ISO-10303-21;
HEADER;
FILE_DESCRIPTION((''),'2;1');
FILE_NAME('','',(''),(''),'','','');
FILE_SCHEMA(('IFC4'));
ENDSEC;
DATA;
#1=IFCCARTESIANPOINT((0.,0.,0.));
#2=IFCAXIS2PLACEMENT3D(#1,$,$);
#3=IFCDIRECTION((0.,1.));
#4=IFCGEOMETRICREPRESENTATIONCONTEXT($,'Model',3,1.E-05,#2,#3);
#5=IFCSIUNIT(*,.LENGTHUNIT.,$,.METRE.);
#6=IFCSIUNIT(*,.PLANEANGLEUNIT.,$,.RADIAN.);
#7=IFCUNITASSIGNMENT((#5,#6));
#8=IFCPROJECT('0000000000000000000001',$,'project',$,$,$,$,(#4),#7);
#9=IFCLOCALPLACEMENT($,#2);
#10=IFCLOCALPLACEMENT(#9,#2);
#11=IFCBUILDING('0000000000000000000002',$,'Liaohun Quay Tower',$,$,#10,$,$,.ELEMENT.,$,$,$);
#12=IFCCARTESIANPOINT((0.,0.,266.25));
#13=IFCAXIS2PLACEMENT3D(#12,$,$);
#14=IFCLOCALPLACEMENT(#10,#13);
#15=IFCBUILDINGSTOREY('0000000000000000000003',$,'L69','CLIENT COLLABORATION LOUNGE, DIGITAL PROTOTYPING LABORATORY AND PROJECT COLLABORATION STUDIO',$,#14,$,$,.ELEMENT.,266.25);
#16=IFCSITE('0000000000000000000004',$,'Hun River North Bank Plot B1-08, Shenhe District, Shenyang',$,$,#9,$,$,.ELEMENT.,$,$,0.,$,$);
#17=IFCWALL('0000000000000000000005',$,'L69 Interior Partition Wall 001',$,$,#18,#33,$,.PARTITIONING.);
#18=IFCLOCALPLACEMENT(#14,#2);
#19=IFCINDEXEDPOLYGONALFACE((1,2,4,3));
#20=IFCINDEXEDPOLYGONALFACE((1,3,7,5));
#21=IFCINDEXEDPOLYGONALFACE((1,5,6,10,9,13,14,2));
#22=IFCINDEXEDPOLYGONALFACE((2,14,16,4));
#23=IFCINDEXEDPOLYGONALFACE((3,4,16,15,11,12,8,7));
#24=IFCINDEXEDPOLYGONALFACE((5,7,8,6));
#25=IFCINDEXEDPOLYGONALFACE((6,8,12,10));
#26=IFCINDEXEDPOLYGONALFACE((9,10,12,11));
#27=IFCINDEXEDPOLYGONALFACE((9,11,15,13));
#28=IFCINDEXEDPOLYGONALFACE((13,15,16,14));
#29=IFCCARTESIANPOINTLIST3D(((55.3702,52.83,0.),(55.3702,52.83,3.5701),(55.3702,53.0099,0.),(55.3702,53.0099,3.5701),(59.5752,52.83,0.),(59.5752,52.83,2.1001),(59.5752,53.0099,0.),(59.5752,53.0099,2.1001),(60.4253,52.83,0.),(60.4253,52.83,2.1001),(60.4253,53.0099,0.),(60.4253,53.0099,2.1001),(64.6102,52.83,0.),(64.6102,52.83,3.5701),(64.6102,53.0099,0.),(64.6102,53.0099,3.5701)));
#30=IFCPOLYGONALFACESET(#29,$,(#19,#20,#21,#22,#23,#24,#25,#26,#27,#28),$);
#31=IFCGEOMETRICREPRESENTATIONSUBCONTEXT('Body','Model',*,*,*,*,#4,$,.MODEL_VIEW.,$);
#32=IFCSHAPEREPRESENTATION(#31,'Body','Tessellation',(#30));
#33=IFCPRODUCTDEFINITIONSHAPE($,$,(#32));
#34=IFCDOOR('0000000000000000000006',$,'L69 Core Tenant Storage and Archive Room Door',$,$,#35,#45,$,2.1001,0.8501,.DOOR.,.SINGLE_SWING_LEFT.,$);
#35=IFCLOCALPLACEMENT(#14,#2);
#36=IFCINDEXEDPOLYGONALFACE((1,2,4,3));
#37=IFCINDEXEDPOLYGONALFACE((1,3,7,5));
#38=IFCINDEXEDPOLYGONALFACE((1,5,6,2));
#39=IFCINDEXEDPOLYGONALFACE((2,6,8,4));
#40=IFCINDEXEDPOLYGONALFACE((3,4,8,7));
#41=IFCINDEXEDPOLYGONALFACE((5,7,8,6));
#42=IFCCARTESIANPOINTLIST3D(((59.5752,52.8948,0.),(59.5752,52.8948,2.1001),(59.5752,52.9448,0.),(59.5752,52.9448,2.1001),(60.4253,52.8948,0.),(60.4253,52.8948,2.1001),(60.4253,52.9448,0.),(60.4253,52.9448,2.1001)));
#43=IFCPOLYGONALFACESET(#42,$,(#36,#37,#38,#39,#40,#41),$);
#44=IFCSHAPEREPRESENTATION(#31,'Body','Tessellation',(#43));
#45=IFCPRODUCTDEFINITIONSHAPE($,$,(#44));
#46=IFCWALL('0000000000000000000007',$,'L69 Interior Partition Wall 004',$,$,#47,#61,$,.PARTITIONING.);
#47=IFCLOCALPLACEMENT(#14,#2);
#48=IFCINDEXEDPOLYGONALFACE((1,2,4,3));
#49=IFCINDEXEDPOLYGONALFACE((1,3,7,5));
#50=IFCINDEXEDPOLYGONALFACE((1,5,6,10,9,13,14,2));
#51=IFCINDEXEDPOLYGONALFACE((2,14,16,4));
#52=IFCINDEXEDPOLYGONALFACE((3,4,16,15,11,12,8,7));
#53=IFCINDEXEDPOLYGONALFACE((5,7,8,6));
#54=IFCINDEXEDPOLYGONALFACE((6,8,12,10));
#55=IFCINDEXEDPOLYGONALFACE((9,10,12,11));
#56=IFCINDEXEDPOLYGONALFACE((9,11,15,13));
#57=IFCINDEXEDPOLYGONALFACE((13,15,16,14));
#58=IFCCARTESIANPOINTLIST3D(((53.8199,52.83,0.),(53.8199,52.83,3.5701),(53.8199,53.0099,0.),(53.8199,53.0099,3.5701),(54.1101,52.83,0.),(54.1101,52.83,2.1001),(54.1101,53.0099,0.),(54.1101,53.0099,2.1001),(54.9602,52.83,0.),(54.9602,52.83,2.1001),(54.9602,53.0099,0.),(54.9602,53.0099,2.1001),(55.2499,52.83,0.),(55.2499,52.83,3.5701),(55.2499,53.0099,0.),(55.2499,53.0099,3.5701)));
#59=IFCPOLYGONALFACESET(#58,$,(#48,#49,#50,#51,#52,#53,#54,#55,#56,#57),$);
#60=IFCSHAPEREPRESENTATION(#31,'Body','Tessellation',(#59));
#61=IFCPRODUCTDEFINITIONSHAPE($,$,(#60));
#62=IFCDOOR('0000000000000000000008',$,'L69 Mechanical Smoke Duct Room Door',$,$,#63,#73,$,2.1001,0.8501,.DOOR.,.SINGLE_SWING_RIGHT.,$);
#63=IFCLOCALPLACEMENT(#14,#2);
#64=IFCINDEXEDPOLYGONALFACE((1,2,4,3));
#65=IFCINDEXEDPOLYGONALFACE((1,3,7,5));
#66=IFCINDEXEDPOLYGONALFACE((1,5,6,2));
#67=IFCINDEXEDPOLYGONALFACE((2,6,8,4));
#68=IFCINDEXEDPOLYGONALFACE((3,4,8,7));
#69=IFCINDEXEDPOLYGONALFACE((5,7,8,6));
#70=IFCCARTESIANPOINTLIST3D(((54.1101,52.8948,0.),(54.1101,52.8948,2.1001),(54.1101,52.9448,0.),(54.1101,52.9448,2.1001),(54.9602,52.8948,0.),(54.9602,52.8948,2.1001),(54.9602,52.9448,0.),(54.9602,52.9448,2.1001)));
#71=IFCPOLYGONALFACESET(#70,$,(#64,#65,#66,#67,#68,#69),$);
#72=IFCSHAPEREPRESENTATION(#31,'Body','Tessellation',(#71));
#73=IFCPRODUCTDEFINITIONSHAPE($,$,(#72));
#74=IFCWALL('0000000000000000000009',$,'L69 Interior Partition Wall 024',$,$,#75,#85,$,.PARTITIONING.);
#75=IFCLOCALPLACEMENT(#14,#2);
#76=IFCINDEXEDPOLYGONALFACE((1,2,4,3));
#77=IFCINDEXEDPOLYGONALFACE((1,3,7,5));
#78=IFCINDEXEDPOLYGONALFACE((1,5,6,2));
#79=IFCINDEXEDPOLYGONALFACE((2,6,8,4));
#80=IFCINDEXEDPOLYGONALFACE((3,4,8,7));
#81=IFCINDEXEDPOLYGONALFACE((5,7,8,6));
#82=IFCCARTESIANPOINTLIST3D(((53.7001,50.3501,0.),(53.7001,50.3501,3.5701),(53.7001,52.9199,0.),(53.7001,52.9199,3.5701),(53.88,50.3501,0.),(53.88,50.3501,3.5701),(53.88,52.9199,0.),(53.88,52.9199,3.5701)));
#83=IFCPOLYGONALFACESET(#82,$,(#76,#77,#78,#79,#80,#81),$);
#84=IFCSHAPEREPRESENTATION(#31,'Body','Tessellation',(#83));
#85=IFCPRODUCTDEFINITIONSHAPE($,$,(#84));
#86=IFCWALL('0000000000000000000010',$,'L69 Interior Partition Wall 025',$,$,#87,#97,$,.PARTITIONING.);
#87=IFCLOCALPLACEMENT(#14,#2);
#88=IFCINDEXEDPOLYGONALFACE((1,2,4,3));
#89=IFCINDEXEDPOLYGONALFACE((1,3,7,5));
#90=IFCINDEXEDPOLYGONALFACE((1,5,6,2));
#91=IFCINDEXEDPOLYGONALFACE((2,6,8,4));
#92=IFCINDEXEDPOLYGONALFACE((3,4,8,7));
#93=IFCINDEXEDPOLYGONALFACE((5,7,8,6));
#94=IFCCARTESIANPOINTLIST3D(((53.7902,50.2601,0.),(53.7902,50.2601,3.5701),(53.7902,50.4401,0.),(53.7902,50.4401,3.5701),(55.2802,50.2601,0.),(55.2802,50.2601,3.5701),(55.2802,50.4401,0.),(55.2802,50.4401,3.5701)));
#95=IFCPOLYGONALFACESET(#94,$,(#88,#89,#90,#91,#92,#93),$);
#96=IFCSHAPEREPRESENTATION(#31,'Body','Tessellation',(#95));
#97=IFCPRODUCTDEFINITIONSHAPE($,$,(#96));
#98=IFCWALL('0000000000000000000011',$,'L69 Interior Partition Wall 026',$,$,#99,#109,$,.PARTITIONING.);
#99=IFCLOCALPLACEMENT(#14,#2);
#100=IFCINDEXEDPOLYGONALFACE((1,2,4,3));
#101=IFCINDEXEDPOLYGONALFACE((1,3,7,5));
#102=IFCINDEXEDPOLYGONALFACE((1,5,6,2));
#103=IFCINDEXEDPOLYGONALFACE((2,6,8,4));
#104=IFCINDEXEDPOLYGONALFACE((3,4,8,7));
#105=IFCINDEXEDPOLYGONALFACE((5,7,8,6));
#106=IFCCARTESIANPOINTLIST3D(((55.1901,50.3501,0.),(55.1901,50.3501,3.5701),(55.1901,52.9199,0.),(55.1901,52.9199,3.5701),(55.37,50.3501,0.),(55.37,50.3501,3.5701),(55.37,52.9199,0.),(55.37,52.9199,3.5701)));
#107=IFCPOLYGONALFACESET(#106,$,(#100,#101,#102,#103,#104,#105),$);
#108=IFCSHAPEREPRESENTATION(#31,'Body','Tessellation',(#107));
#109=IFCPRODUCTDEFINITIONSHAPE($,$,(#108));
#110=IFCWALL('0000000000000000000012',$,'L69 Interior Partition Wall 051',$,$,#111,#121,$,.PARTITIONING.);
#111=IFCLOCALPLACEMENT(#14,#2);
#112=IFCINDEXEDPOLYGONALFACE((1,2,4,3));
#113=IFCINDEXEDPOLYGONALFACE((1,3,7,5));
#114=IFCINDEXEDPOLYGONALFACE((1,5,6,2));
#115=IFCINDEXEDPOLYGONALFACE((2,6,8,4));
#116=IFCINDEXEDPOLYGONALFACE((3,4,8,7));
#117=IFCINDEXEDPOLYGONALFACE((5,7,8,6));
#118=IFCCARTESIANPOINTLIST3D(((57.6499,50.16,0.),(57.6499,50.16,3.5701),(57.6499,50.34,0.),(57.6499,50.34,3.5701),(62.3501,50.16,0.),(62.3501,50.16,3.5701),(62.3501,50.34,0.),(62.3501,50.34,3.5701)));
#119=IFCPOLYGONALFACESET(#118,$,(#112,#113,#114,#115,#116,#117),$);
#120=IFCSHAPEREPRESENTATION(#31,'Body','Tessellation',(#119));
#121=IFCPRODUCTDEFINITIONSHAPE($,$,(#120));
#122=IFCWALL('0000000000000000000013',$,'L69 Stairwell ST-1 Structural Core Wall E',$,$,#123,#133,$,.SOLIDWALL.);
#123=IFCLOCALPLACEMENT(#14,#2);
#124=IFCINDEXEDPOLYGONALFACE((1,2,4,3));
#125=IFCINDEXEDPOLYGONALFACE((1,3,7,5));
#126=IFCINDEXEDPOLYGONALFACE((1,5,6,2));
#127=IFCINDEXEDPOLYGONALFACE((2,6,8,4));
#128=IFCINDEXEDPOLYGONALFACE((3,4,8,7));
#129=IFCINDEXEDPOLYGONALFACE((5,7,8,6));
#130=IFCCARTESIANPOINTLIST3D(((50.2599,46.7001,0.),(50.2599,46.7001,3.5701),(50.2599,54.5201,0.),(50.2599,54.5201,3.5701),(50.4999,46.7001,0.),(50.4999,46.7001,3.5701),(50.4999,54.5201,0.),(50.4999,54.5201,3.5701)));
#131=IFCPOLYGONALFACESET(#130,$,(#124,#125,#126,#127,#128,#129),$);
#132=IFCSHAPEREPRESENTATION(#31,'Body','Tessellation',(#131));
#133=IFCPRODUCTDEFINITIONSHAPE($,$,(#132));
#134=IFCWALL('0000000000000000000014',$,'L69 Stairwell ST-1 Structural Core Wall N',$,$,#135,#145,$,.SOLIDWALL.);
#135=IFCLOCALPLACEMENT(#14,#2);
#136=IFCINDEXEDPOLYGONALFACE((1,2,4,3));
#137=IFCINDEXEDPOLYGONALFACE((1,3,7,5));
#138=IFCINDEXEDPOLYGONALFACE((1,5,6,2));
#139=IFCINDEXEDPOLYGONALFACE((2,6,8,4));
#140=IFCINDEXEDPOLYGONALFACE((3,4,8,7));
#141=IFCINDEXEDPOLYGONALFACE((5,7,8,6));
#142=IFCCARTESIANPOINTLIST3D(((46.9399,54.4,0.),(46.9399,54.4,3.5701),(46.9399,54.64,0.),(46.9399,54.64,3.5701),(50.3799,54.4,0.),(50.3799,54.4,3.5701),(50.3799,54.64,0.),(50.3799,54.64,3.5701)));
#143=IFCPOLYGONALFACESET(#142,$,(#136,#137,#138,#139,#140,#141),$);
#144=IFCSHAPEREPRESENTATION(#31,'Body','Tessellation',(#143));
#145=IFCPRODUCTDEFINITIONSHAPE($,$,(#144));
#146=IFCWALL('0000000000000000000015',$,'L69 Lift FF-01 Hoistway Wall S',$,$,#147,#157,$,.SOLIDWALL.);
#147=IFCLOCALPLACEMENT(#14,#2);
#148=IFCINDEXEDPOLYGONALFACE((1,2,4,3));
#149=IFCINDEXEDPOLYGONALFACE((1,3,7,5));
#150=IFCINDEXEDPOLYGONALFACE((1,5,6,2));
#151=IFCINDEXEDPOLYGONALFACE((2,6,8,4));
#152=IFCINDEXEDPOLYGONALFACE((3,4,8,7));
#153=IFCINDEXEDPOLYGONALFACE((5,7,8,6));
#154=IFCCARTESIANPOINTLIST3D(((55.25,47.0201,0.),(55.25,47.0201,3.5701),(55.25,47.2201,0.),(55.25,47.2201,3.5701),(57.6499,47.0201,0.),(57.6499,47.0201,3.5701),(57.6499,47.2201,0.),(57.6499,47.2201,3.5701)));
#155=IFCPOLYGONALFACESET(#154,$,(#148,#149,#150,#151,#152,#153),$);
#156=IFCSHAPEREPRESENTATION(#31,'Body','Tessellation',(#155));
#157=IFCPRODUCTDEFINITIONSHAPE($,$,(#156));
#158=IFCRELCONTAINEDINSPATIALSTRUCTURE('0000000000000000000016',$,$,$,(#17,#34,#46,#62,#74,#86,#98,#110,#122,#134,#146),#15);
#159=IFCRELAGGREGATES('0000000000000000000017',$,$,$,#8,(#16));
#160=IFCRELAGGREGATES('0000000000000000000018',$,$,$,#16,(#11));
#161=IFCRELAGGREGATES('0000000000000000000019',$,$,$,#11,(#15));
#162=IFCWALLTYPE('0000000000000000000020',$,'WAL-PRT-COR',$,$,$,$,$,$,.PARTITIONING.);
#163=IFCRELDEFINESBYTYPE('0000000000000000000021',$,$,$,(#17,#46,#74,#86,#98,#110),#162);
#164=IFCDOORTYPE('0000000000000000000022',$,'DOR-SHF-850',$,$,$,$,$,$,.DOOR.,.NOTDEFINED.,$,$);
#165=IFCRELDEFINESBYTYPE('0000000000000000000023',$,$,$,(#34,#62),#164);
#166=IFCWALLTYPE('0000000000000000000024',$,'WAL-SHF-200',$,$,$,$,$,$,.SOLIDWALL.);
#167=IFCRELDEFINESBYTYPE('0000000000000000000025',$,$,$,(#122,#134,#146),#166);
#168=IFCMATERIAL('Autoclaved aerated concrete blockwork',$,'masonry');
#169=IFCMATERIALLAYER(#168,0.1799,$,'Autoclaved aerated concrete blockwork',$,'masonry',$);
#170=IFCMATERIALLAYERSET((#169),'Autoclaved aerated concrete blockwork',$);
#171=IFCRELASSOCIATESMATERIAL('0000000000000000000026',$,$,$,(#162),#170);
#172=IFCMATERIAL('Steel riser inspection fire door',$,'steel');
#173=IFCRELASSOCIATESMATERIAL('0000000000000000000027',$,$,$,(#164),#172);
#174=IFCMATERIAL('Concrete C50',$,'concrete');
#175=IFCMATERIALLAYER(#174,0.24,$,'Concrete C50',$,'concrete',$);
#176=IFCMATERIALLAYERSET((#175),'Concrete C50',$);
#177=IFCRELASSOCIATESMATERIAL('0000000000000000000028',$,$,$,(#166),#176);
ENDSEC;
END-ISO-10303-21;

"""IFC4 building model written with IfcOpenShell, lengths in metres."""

from ifc_helpers import new_model, si_unit, direction, frame, frame_2d, origin, place, context, subcontext, project, spatial, rectangle, extrude, source, transform, mapped, material, layer, layer_set, type_object, element, fill, save


model = new_model("IFC4")

# Units and contexts
model_context = context("Model", 3, precision=1e-05, world=origin(), true_north=direction((0.0, 1.0)))
body_context = subcontext(model_context, "Body", "Model", "MODEL_VIEW")
ifc_project = project(units=[si_unit("LENGTHUNIT", "METRE"), si_unit("PLANEANGLEUNIT", "RADIAN")], contexts=[model_context])

# Site, building, storey
site_placement = place(None, origin())
site = spatial("IfcSite", under=ifc_project, at=site_placement, Name="Hun River North Bank Plot B1-08, Shenhe District, Shenyang", CompositionType="ELEMENT", RefElevation=0.0)
building_placement = place(site_placement, origin())
building = spatial("IfcBuilding", under=site, at=building_placement, Name="Liaohun Quay Tower", CompositionType="ELEMENT")
storey_placement = place(building_placement, frame((0.0, 0.0, 266.25)))
storey = spatial("IfcBuildingStorey", under=building, at=storey_placement, Name="L69", Description="CLIENT COLLABORATION LOUNGE, DIGITAL PROTOTYPING LABORATORY AND PROJECT COLLABORATION STUDIO", CompositionType="ELEMENT", Elevation=266.25)

# Shared definitions
ifc_material_1 = material(Name="Concrete C50", Category="concrete")

# Walls, openings, doors
ifc_material_2 = material(Name="Autoclaved aerated concrete blockwork", Category="masonry")
ifc_layer_1 = layer(ifc_material_2, 0.1799, Name="Autoclaved aerated concrete blockwork", Category="masonry")
ifc_layer_set_1 = layer_set([ifc_layer_1], Name="Autoclaved aerated concrete blockwork")
wall_type_1 = type_object("IfcWallType", Name="WAL-PRT-COR", PredefinedType="PARTITIONING", material=ifc_layer_set_1)
wall_1_placement = place(storey_placement, frame((55.3701, 52.9199, 0.0), z_axis=(0.0, 0.0, 1.0), x_axis=(1.0, 0.0, 0.0)))
wall_1 = element("IfcWall", 1, at=wall_1_placement, inside=storey, type_object=wall_type_1, Name="L69 Interior Partition Wall 001", PredefinedType="PARTITIONING", context=body_context, shape_type="SweptSolid", body=[
    extrude(rectangle(XDim=9.24, YDim=0.1799, at=frame_2d((4.6201, 0.0))), origin(), (0.0, 0.0, 1.0), 3.5701),
])
shared_shape_1 = source(origin(), body_context, "Body", "SweptSolid", [
    extrude(rectangle(XDim=0.8501, YDim=2.1001, at=frame_2d((0.425, 1.05))), frame((0.0, 0.0999, 0.0), z_axis=(0.0, -1.0, 0.0), x_axis=(1.0, 0.0, 0.0)), (0.0, 0.0, 1.0), 0.2),
])
opening_1_placement = place(wall_1_placement, frame((4.2051, 0.0, 0.0)))
opening_1 = element("IfcOpeningElement", 2, at=opening_1_placement, cuts=wall_1, PredefinedType="OPENING", context=body_context, shape_type="MappedRepresentation", body=[
    mapped(shared_shape_1, transform((0.0, 0.0, 0.0), x_axis=(1.0, 0.0, 0.0), y_axis=(0.0, 1.0, 0.0), z_axis=(0.0, 0.0, 1.0), scale=1.0)),
])
ifc_material_3 = material(Name="Steel riser inspection fire door", Category="steel")
door_type_1 = type_object("IfcDoorType", Name="DOR-SHF-850", OperationType="NOTDEFINED", PredefinedType="DOOR", material=ifc_material_3)
shared_shape_2 = source(origin(), body_context, "Body", "SweptSolid", [
    extrude(rectangle(XDim=0.8501, YDim=2.1001, at=frame_2d((0.425, 1.05))), frame((0.0, 0.0249, 0.0), z_axis=(0.0, -1.0, 0.0), x_axis=(1.0, 0.0, 0.0)), (0.0, 0.0, 1.0), 0.05),
])
door_1_placement = place(opening_1_placement, origin())
door_1 = element("IfcDoor", 3, at=door_1_placement, inside=storey, type_object=door_type_1, Name="L69 Core Tenant Storage and Archive Room Door", OperationType="SINGLE_SWING_LEFT", OverallHeight=2.1001, OverallWidth=0.8501, PredefinedType="DOOR", context=body_context, shape_type="MappedRepresentation", body=[
    mapped(shared_shape_2, transform((0.0, 0.0, 0.0), x_axis=(1.0, 0.0, 0.0), y_axis=(0.0, 1.0, 0.0), z_axis=(0.0, 0.0, 1.0), scale=1.0)),
])
fill(opening_1, door_1)
wall_2_placement = place(storey_placement, frame((53.8201, 52.9199, 0.0), z_axis=(0.0, 0.0, 1.0), x_axis=(1.0, 0.0, 0.0)))
wall_2 = element("IfcWall", 4, at=wall_2_placement, inside=storey, type_object=wall_type_1, Name="L69 Interior Partition Wall 004", PredefinedType="PARTITIONING", context=body_context, shape_type="SweptSolid", body=[
    extrude(rectangle(XDim=1.4299, YDim=0.1799, at=frame_2d((0.7148, 0.0))), origin(), (0.0, 0.0, 1.0), 3.5701),
])
opening_2_placement = place(wall_2_placement, frame((0.29, 0.0, 0.0)))
opening_2 = element("IfcOpeningElement", 5, at=opening_2_placement, cuts=wall_2, PredefinedType="OPENING", context=body_context, shape_type="MappedRepresentation", body=[
    mapped(shared_shape_1, transform((0.0, 0.0, 0.0), x_axis=(1.0, 0.0, 0.0), y_axis=(0.0, 1.0, 0.0), z_axis=(0.0, 0.0, 1.0), scale=1.0)),
])
door_2_placement = place(opening_2_placement, origin())
door_2 = element("IfcDoor", 6, at=door_2_placement, inside=storey, type_object=door_type_1, Name="L69 Mechanical Smoke Duct Room Door", OperationType="SINGLE_SWING_RIGHT", OverallHeight=2.1001, OverallWidth=0.8501, PredefinedType="DOOR", context=body_context, shape_type="MappedRepresentation", body=[
    mapped(shared_shape_2, transform((0.0, 0.0, 0.0), x_axis=(1.0, 0.0, 0.0), y_axis=(0.0, 1.0, 0.0), z_axis=(0.0, 0.0, 1.0), scale=1.0)),
])
fill(opening_2, door_2)

# Walls
wall_3_placement = place(storey_placement, frame((53.79, 50.3501, 0.0), z_axis=(0.0, 0.0, 1.0), x_axis=(0.0, 1.0, 0.0)))
element("IfcWall", 7, at=wall_3_placement, inside=storey, type_object=wall_type_1, Name="L69 Interior Partition Wall 024", PredefinedType="PARTITIONING", context=body_context, shape_type="SweptSolid", body=[
    extrude(rectangle(XDim=2.5698, YDim=0.1799, at=frame_2d((1.2849, 0.0))), origin(), (0.0, 0.0, 1.0), 3.5701),
])
wall_4_placement = place(storey_placement, frame((53.79, 50.3501, 0.0), z_axis=(0.0, 0.0, 1.0), x_axis=(1.0, 0.0, 0.0)))
element("IfcWall", 8, at=wall_4_placement, inside=storey, type_object=wall_type_1, Name="L69 Interior Partition Wall 025", PredefinedType="PARTITIONING", context=body_context, shape_type="SweptSolid", body=[
    extrude(rectangle(XDim=1.49, YDim=0.1799, at=frame_2d((0.7451, 0.0))), origin(), (0.0, 0.0, 1.0), 3.5701),
])
wall_5_placement = place(storey_placement, frame((55.28, 50.3501, 0.0), z_axis=(0.0, 0.0, 1.0), x_axis=(0.0, 1.0, 0.0)))
element("IfcWall", 9, at=wall_5_placement, inside=storey, type_object=wall_type_1, Name="L69 Interior Partition Wall 026", PredefinedType="PARTITIONING", context=body_context, shape_type="SweptSolid", body=[
    extrude(rectangle(XDim=2.5698, YDim=0.1799, at=frame_2d((1.2849, 0.0))), origin(), (0.0, 0.0, 1.0), 3.5701),
])
wall_6_placement = place(storey_placement, frame((57.6499, 50.25, 0.0), z_axis=(0.0, 0.0, 1.0), x_axis=(1.0, 0.0, 0.0)))
element("IfcWall", 10, at=wall_6_placement, inside=storey, type_object=wall_type_1, Name="L69 Interior Partition Wall 051", PredefinedType="PARTITIONING", context=body_context, shape_type="SweptSolid", body=[
    extrude(rectangle(XDim=4.7002, YDim=0.1799, at=frame_2d((2.3501, 0.0))), origin(), (0.0, 0.0, 1.0), 3.5701),
])
ifc_layer_2 = layer(ifc_material_1, 0.24, Name="Concrete C50", Category="concrete")
ifc_layer_set_2 = layer_set([ifc_layer_2], Name="Concrete C50")
wall_type_2 = type_object("IfcWallType", Name="WAL-SHF-200", PredefinedType="SOLIDWALL", material=ifc_layer_set_2)
wall_7_placement = place(storey_placement, frame((50.3799, 46.7, 0.0), z_axis=(0.0, 0.0, 1.0), x_axis=(0.0, 1.0, 0.0)))
element("IfcWall", 11, at=wall_7_placement, inside=storey, type_object=wall_type_2, Name="L69 Stairwell ST-1 Structural Core Wall E", PredefinedType="SOLIDWALL", context=body_context, shape_type="SweptSolid", body=[
    extrude(rectangle(XDim=7.8201, YDim=0.24, at=frame_2d((3.9102, 0.0))), origin(), (0.0, 0.0, 1.0), 3.5701),
])
wall_8_placement = place(storey_placement, frame((50.3799, 54.52, 0.0), z_axis=(0.0, 0.0, 1.0), x_axis=(-1.0, 0.0, 0.0)))
element("IfcWall", 12, at=wall_8_placement, inside=storey, type_object=wall_type_2, Name="L69 Stairwell ST-1 Structural Core Wall N", PredefinedType="SOLIDWALL", context=body_context, shape_type="SweptSolid", body=[
    extrude(rectangle(XDim=3.4399, YDim=0.24, at=frame_2d((1.72, 0.0))), origin(), (0.0, 0.0, 1.0), 3.5701),
])
wall_9_placement = place(storey_placement, frame((55.25, 47.1201, 0.0), z_axis=(0.0, 0.0, 1.0), x_axis=(1.0, 0.0, 0.0)))
element("IfcWall", 13, at=wall_9_placement, inside=storey, type_object=wall_type_2, Name="L69 Lift FF-01 Hoistway Wall S", PredefinedType="SOLIDWALL", context=body_context, shape_type="SweptSolid", body=[
    extrude(rectangle(XDim=2.3999, YDim=0.2, at=frame_2d((1.2, 0.0))), origin(), (0.0, 0.0, 1.0), 3.5701),
])

save(model, "model.ifc")
